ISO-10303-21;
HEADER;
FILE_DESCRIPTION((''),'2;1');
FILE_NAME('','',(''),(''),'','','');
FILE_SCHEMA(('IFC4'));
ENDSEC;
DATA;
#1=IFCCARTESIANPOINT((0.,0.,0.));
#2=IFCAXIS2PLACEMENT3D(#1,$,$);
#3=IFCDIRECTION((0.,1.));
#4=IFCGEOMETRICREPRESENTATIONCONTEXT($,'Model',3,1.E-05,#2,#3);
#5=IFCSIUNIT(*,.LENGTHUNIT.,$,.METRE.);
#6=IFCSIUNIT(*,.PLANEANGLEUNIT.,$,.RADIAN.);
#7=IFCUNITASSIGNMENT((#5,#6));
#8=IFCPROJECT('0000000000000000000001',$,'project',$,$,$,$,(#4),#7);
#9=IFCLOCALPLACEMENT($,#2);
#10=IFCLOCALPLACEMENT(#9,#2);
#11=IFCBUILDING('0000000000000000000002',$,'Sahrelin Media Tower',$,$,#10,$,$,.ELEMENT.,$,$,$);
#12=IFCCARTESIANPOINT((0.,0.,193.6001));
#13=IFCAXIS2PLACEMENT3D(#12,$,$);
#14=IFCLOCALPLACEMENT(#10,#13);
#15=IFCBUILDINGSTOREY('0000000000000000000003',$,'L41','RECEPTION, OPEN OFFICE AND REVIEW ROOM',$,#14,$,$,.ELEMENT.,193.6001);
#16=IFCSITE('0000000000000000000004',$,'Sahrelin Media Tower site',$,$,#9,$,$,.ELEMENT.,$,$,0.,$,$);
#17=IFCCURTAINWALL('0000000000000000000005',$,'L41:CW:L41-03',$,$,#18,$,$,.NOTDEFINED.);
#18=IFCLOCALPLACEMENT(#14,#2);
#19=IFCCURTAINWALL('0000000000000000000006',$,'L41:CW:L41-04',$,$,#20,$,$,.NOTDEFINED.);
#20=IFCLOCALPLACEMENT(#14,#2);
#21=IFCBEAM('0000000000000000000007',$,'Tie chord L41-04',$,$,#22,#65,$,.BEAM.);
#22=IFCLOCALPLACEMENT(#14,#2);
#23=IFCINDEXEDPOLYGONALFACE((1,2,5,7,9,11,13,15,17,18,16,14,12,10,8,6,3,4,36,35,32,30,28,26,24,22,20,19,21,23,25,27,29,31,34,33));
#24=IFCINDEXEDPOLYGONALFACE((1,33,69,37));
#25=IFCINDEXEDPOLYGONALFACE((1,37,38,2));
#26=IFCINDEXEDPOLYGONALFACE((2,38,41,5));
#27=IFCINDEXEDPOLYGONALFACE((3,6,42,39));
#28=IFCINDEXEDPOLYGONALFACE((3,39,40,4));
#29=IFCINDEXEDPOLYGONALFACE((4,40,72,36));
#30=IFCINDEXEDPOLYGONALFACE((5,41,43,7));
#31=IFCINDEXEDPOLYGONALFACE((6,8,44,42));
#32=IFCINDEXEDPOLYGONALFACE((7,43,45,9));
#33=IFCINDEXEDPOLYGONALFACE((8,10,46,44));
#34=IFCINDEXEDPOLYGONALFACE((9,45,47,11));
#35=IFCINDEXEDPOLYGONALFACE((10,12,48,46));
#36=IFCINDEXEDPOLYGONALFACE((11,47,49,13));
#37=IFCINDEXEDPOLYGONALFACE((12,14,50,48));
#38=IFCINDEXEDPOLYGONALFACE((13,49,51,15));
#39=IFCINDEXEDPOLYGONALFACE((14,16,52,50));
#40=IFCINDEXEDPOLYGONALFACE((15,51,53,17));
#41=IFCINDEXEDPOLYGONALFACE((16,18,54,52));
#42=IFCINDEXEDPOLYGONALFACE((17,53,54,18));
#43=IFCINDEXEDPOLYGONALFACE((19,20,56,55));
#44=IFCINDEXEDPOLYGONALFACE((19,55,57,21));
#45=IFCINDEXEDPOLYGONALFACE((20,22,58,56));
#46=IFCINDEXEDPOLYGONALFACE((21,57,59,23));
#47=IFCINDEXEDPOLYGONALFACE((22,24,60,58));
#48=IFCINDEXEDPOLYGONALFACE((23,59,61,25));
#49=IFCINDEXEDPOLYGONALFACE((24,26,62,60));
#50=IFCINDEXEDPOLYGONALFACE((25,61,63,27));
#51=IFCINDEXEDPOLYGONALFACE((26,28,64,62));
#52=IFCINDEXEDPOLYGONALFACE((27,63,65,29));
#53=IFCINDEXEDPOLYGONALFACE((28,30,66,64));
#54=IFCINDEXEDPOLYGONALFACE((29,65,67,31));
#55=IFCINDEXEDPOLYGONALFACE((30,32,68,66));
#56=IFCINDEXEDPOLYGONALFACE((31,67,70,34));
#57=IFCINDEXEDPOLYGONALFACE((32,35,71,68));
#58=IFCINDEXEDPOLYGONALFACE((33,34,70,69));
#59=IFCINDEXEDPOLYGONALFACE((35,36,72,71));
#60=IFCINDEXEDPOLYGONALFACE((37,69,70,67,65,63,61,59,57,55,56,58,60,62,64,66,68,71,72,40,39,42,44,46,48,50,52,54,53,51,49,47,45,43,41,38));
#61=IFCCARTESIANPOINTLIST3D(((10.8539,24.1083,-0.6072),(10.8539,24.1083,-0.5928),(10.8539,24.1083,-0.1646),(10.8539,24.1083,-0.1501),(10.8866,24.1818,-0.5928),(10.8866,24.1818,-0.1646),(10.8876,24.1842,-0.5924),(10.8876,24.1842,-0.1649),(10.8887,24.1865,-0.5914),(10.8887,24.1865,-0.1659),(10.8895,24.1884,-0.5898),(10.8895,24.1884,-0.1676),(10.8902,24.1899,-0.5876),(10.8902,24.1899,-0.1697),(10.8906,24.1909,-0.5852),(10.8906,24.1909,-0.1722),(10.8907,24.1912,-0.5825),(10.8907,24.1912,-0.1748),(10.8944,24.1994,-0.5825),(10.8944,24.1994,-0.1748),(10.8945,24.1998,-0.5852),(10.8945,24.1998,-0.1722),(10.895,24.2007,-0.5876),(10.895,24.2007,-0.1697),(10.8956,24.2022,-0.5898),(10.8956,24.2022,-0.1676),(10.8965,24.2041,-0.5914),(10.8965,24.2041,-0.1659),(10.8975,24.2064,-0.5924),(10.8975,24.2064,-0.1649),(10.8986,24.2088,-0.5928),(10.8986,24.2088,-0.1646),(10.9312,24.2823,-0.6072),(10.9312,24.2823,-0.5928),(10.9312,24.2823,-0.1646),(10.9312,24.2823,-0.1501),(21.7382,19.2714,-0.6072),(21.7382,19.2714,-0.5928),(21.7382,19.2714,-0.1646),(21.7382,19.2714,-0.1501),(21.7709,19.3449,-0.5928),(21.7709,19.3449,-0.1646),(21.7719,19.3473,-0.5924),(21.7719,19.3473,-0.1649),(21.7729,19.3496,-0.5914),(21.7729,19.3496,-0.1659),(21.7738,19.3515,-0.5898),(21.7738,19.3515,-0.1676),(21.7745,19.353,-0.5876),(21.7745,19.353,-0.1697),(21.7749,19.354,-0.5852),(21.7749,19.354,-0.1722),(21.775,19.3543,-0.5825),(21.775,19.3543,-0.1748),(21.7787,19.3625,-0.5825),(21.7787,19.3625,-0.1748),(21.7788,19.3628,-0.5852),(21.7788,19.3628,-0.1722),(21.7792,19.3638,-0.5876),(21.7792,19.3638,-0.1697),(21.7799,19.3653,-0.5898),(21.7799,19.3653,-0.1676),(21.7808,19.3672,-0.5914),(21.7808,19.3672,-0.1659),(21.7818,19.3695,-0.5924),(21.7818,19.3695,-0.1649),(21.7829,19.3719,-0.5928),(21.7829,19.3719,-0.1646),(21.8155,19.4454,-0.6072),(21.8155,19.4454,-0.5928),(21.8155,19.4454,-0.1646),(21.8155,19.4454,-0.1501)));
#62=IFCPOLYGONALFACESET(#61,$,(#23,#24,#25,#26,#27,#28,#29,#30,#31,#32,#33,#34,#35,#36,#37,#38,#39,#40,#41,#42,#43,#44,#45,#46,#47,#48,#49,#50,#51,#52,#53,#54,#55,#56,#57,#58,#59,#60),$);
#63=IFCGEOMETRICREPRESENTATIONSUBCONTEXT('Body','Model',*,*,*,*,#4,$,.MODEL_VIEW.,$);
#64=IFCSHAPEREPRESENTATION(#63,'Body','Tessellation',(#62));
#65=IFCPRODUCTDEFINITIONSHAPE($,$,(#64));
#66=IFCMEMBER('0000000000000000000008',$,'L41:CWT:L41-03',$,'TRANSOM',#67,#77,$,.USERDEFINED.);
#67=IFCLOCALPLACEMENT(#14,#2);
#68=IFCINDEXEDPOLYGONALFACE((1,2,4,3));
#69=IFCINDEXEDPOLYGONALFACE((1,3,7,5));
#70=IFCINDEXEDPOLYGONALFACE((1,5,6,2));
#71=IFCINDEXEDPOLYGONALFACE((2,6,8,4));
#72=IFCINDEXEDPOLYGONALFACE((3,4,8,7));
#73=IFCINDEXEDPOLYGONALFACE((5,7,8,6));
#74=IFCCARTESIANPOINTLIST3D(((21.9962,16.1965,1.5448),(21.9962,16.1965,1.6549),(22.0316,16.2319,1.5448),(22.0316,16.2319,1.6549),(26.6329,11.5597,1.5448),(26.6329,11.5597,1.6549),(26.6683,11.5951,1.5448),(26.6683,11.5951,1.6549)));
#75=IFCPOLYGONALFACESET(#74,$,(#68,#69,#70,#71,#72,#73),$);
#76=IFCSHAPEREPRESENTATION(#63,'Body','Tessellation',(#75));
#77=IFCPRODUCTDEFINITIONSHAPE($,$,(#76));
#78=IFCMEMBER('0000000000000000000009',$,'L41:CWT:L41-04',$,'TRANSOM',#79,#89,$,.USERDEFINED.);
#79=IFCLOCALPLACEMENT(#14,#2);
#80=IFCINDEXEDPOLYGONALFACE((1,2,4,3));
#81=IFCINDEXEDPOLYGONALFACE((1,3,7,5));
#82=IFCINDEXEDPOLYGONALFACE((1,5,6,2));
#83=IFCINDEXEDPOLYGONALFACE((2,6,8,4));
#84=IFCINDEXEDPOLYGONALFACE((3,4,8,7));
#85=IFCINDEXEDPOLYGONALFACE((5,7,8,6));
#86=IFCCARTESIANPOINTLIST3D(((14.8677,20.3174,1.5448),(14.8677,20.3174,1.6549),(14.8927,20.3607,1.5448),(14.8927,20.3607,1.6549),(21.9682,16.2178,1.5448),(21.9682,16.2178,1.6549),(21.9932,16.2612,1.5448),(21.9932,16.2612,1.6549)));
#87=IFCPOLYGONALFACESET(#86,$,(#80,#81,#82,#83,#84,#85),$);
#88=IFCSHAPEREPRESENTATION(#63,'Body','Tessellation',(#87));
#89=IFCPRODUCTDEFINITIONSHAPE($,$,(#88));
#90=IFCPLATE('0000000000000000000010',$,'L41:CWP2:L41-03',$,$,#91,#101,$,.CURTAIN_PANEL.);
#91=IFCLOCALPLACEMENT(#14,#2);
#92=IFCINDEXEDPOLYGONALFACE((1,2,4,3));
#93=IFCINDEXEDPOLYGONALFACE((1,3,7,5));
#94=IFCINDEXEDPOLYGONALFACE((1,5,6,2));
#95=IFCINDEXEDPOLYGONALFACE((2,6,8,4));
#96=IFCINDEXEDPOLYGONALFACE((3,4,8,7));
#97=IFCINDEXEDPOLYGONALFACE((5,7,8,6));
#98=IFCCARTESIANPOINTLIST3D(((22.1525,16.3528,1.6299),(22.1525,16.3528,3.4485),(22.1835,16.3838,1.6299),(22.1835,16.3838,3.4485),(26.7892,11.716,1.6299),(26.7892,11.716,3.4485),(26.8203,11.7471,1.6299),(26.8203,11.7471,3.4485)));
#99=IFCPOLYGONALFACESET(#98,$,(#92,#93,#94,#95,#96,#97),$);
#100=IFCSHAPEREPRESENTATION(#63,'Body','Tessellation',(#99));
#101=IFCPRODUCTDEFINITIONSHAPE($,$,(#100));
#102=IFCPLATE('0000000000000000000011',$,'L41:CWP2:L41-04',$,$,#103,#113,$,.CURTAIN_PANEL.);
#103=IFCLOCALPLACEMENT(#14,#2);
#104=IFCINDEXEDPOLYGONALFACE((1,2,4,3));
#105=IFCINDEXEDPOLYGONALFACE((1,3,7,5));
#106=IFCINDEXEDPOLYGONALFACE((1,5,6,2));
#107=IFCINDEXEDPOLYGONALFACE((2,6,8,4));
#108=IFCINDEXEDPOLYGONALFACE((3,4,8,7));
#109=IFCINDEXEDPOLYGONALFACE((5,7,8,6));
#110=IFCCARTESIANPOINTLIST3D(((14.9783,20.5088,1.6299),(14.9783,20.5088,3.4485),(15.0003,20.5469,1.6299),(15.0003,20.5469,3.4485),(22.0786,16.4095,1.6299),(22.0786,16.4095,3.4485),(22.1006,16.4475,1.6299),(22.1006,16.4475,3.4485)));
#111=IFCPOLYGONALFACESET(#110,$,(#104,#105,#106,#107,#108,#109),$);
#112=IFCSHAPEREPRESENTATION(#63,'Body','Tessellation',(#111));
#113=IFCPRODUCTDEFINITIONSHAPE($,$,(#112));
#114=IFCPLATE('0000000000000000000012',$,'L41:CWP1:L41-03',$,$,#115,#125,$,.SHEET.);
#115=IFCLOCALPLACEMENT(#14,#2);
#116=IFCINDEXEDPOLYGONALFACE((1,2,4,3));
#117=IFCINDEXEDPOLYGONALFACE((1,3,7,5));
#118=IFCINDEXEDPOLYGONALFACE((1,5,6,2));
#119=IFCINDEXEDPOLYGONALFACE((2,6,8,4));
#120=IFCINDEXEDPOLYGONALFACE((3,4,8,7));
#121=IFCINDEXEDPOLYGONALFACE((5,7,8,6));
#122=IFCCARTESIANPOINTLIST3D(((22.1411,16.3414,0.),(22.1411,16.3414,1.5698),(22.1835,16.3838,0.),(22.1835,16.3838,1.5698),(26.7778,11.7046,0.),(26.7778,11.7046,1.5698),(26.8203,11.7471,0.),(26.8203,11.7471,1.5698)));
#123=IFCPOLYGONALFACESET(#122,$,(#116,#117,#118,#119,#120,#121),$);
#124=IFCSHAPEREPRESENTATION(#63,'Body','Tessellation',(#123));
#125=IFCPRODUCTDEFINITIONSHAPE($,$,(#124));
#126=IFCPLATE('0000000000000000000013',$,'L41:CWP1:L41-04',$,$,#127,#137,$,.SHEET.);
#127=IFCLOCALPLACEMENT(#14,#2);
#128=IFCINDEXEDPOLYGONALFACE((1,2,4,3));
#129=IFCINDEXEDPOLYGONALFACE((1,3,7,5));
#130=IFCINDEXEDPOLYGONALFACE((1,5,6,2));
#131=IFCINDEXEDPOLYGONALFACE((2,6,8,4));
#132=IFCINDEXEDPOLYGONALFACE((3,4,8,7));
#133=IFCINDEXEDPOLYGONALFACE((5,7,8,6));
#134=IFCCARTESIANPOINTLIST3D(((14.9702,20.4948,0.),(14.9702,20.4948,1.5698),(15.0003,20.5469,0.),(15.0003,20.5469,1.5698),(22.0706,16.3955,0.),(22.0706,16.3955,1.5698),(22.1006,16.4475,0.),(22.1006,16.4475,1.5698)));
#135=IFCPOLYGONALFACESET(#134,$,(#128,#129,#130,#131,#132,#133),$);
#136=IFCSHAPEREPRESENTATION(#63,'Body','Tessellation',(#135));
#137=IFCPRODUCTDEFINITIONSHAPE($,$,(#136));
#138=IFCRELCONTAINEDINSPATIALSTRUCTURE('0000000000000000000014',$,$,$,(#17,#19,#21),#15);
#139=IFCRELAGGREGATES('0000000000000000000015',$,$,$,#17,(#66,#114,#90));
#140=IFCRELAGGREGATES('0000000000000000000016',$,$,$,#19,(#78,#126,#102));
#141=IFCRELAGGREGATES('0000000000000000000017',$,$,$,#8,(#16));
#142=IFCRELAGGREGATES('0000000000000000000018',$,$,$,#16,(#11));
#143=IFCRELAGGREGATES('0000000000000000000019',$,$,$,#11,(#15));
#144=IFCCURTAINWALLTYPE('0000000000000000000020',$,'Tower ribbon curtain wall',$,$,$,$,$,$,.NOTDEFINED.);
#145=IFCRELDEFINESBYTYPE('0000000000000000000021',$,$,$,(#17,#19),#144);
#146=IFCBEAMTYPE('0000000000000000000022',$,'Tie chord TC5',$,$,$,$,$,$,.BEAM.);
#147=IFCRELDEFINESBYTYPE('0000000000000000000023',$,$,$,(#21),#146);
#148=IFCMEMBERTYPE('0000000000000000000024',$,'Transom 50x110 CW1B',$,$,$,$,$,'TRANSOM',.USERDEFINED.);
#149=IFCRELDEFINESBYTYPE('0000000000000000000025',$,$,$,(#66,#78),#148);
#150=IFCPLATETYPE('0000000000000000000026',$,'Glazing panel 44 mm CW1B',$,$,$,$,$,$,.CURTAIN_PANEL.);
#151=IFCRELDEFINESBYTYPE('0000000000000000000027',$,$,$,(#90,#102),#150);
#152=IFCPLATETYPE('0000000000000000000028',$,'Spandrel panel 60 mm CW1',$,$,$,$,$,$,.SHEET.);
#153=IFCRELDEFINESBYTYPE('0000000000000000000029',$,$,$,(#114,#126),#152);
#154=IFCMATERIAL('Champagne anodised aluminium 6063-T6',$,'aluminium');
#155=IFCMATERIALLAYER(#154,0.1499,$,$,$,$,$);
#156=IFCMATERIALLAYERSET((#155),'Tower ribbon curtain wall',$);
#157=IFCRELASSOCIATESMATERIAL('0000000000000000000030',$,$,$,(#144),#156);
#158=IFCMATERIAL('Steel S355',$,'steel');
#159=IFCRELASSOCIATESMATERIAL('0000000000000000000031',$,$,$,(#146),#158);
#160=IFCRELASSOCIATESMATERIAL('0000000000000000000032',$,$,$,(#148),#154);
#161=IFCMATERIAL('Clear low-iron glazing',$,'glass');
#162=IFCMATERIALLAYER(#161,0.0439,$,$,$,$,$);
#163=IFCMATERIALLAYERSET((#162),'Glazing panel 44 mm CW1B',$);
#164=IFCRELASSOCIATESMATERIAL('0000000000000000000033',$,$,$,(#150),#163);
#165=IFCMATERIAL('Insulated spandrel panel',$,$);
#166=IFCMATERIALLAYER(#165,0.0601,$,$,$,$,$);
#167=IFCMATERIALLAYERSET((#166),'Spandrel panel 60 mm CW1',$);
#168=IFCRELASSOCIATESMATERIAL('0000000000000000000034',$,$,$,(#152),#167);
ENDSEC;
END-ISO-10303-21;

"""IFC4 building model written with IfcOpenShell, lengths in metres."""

from ifc_helpers import new_model, si_unit, direction, frame, origin, origin_2d, place, context, subcontext, project, spatial, polyline, rectangle, i_section, outline, extrude, material, layer, layer_set, material_profile, profile_set, type_object, element, aggregate, save


model = new_model("IFC4")

# Units and contexts
model_context = context("Model", 3, precision=1e-05, world=origin(), true_north=direction((0.0, 1.0)))
body_context = subcontext(model_context, "Body", "Model", "MODEL_VIEW")
ifc_project = project(units=[si_unit("LENGTHUNIT", "METRE"), si_unit("PLANEANGLEUNIT", "RADIAN")], contexts=[model_context])

# Site, building, storey
site_placement = place(None, origin())
site = spatial("IfcSite", under=ifc_project, at=site_placement, Name="Sahrelin Media Tower site", CompositionType="ELEMENT", RefElevation=0.0)
building_placement = place(site_placement, origin())
building = spatial("IfcBuilding", under=site, at=building_placement, Name="Sahrelin Media Tower", CompositionType="ELEMENT")
storey_placement = place(building_placement, frame((0.0, 0.0, 193.6001)))
storey = spatial("IfcBuildingStorey", under=building, at=storey_placement, Name="L41", Description="RECEPTION, OPEN OFFICE AND REVIEW ROOM", CompositionType="ELEMENT", Elevation=193.6001)

# Shared definitions
ifc_material_1 = material(Name="Steel S355", Category="steel")

# Curtain walls
ifc_material_2 = material(Name="Champagne anodised aluminium 6063-T6", Category="aluminium")
ifc_layer_1 = layer(ifc_material_2, 0.1499)
ifc_layer_set_1 = layer_set([ifc_layer_1], Name="Tower ribbon curtain wall")
curtain_wall_type = type_object("IfcCurtainWallType", Name="Tower ribbon curtain wall", PredefinedType="NOTDEFINED", material=ifc_layer_set_1)
curtain_wall_1_placement = place(storey_placement, frame((24.4878, 14.0513, 0.0), z_axis=(0.0, 0.0, 1.0), x_axis=(1.0, 0.0, 0.0)))
curtain_wall_1 = element("IfcCurtainWall", 1, at=curtain_wall_1_placement, inside=storey, type_object=curtain_wall_type, Name="L41:CW:L41-03", PredefinedType="NOTDEFINED")
curtain_wall_2_placement = place(storey_placement, frame((18.5405, 18.48, 0.0), z_axis=(0.0, 0.0, 1.0), x_axis=(1.0, 0.0, 0.0)))
curtain_wall_2 = element("IfcCurtainWall", 2, at=curtain_wall_2_placement, inside=storey, type_object=curtain_wall_type, Name="L41:CW:L41-04", PredefinedType="NOTDEFINED")

# Beam
ifc_material_profile_1 = material_profile(ifc_material_1, i_section(OverallWidth=0.1904, OverallDepth=0.457, WebThickness=0.009, FlangeThickness=0.0144, FilletRadius=0.0103, at=origin_2d()), Name="UB 457x191x74")
ifc_profile_set_1 = profile_set([ifc_material_profile_1], Name="Steel S355")
beam_type_1 = type_object("IfcBeamType", Name="Tie chord TC5", PredefinedType="BEAM", material=ifc_profile_set_1)
beam_1_placement = place(storey_placement, frame((21.7769, 19.3584, -0.3787), z_axis=(-0.913828, 0.4061, 0.0), x_axis=(-0.4061, -0.913828, 0.0)))
element("IfcBeam", 3, at=beam_1_placement, inside=storey, type_object=beam_type_1, Name="Tie chord L41-04", PredefinedType="BEAM", context=body_context, shape_type="SweptSolid", body=[
    extrude(i_section(OverallWidth=0.1904, OverallDepth=0.457, WebThickness=0.009, FlangeThickness=0.0144, FilletRadius=0.0103, at=origin_2d()), origin(), (0.0, 0.0, 1.0), 11.9106),
])

# Members
ifc_material_profile_2 = material_profile(ifc_material_2, rectangle(XDim=0.05, YDim=0.1101, at=origin_2d()), Name="Transom 50x110")
ifc_profile_set_2 = profile_set([ifc_material_profile_2], Name="Champagne anodised aluminium 6063-T6")
member_type_1 = type_object("IfcMemberType", Name="Transom 50x110 CW1B", ElementType="TRANSOM", PredefinedType="USERDEFINED", material=ifc_profile_set_2)
member_1_placement = place(storey_placement, frame((26.6506, 11.5774, 1.5999), z_axis=(-0.707107, 0.707107, 0.0), x_axis=(-0.707107, -0.707107, 0.0)))
member_1 = element("IfcMember", 4, at=member_1_placement, type_object=member_type_1, Name="L41:CWT:L41-03", ObjectType="TRANSOM", PredefinedType="USERDEFINED", context=body_context, shape_type="SweptSolid", body=[
    extrude(rectangle(XDim=0.05, YDim=0.1101, at=origin_2d()), origin(), (0.0, 0.0, 1.0), 6.5574),
])
member_2_placement = place(storey_placement, frame((21.9807, 16.2395, 1.5999), z_axis=(-0.866021, 0.500008, 0.0), x_axis=(-0.500008, -0.866021, 0.0)))
member_2 = element("IfcMember", 5, at=member_2_placement, type_object=member_type_1, Name="L41:CWT:L41-04", ObjectType="TRANSOM", PredefinedType="USERDEFINED", context=body_context, shape_type="SweptSolid", body=[
    extrude(rectangle(XDim=0.05, YDim=0.1101, at=origin_2d()), origin(), (0.0, 0.0, 1.0), 8.199),
])

# Plates
ifc_material_3 = material(Name="Clear low-iron glazing", Category="glass")
ifc_layer_2 = layer(ifc_material_3, 0.0439)
ifc_layer_set_2 = layer_set([ifc_layer_2], Name="Glazing panel 44 mm CW1B")
plate_type_1 = type_object("IfcPlateType", Name="Glazing panel 44 mm CW1B", PredefinedType="CURTAIN_PANEL", material=ifc_layer_set_2)
plate_1_placement = place(storey_placement, frame((26.8203, 11.7471, 1.6299), z_axis=(0.707107, 0.707107, 0.0), x_axis=(-0.707107, 0.707107, 0.0)))
plate_1 = element("IfcPlate", 6, at=plate_1_placement, type_object=plate_type_1, Name="L41:CWP2:L41-03", PredefinedType="CURTAIN_PANEL", context=body_context, shape_type="SweptSolid", body=[
    extrude(outline(polyline([(0.0, 0.0), (6.5574, 0.0), (6.5574, 1.8186), (0.0, 1.8186), (0.0, 0.0)])), origin(), (0.0, 0.0, -1.0), 0.0439),
])
plate_2_placement = place(storey_placement, frame((22.1006, 16.4475, 1.6299), z_axis=(0.499998, 0.866026, 0.0), x_axis=(-0.866026, 0.499998, 0.0)))
plate_2 = element("IfcPlate", 7, at=plate_2_placement, type_object=plate_type_1, Name="L41:CWP2:L41-04", PredefinedType="CURTAIN_PANEL", context=body_context, shape_type="SweptSolid", body=[
    extrude(outline(polyline([(0.0, 0.0), (8.1987, 0.0), (8.1987, 1.8186), (0.0, 1.8186), (0.0, 0.0)])), origin(), (0.0, 0.0, -1.0), 0.0439),
])
ifc_material_4 = material(Name="Insulated spandrel panel")
ifc_layer_3 = layer(ifc_material_4, 0.0601)
ifc_layer_set_3 = layer_set([ifc_layer_3], Name="Spandrel panel 60 mm CW1")
plate_type_2 = type_object("IfcPlateType", Name="Spandrel panel 60 mm CW1", PredefinedType="SHEET", material=ifc_layer_set_3)
plate_3_placement = place(storey_placement, frame((26.8203, 11.7471, 0.0), z_axis=(0.707107, 0.707107, 0.0), x_axis=(-0.707107, 0.707107, 0.0)))
plate_3 = element("IfcPlate", 8, at=plate_3_placement, type_object=plate_type_2, Name="L41:CWP1:L41-03", PredefinedType="SHEET", context=body_context, shape_type="SweptSolid", body=[
    extrude(outline(polyline([(0.0, 0.0), (6.5574, 0.0), (6.5574, 1.5698), (0.0, 1.5698), (0.0, 0.0)])), origin(), (0.0, 0.0, -1.0), 0.0601),
])
aggregate(curtain_wall_1, [member_1, plate_3, plate_1])
plate_4_placement = place(storey_placement, frame((22.1006, 16.4475, 0.0), z_axis=(0.499998, 0.866026, 0.0), x_axis=(-0.866026, 0.499998, 0.0)))
plate_4 = element("IfcPlate", 9, at=plate_4_placement, type_object=plate_type_2, Name="L41:CWP1:L41-04", PredefinedType="SHEET", context=body_context, shape_type="SweptSolid", body=[
    extrude(outline(polyline([(0.0, 0.0), (8.1987, 0.0), (8.1987, 1.5698), (0.0, 1.5698), (0.0, 0.0)])), origin(), (0.0, 0.0, -1.0), 0.0601),
])
aggregate(curtain_wall_2, [member_2, plate_4, plate_2])

save(model, "model.ifc")
